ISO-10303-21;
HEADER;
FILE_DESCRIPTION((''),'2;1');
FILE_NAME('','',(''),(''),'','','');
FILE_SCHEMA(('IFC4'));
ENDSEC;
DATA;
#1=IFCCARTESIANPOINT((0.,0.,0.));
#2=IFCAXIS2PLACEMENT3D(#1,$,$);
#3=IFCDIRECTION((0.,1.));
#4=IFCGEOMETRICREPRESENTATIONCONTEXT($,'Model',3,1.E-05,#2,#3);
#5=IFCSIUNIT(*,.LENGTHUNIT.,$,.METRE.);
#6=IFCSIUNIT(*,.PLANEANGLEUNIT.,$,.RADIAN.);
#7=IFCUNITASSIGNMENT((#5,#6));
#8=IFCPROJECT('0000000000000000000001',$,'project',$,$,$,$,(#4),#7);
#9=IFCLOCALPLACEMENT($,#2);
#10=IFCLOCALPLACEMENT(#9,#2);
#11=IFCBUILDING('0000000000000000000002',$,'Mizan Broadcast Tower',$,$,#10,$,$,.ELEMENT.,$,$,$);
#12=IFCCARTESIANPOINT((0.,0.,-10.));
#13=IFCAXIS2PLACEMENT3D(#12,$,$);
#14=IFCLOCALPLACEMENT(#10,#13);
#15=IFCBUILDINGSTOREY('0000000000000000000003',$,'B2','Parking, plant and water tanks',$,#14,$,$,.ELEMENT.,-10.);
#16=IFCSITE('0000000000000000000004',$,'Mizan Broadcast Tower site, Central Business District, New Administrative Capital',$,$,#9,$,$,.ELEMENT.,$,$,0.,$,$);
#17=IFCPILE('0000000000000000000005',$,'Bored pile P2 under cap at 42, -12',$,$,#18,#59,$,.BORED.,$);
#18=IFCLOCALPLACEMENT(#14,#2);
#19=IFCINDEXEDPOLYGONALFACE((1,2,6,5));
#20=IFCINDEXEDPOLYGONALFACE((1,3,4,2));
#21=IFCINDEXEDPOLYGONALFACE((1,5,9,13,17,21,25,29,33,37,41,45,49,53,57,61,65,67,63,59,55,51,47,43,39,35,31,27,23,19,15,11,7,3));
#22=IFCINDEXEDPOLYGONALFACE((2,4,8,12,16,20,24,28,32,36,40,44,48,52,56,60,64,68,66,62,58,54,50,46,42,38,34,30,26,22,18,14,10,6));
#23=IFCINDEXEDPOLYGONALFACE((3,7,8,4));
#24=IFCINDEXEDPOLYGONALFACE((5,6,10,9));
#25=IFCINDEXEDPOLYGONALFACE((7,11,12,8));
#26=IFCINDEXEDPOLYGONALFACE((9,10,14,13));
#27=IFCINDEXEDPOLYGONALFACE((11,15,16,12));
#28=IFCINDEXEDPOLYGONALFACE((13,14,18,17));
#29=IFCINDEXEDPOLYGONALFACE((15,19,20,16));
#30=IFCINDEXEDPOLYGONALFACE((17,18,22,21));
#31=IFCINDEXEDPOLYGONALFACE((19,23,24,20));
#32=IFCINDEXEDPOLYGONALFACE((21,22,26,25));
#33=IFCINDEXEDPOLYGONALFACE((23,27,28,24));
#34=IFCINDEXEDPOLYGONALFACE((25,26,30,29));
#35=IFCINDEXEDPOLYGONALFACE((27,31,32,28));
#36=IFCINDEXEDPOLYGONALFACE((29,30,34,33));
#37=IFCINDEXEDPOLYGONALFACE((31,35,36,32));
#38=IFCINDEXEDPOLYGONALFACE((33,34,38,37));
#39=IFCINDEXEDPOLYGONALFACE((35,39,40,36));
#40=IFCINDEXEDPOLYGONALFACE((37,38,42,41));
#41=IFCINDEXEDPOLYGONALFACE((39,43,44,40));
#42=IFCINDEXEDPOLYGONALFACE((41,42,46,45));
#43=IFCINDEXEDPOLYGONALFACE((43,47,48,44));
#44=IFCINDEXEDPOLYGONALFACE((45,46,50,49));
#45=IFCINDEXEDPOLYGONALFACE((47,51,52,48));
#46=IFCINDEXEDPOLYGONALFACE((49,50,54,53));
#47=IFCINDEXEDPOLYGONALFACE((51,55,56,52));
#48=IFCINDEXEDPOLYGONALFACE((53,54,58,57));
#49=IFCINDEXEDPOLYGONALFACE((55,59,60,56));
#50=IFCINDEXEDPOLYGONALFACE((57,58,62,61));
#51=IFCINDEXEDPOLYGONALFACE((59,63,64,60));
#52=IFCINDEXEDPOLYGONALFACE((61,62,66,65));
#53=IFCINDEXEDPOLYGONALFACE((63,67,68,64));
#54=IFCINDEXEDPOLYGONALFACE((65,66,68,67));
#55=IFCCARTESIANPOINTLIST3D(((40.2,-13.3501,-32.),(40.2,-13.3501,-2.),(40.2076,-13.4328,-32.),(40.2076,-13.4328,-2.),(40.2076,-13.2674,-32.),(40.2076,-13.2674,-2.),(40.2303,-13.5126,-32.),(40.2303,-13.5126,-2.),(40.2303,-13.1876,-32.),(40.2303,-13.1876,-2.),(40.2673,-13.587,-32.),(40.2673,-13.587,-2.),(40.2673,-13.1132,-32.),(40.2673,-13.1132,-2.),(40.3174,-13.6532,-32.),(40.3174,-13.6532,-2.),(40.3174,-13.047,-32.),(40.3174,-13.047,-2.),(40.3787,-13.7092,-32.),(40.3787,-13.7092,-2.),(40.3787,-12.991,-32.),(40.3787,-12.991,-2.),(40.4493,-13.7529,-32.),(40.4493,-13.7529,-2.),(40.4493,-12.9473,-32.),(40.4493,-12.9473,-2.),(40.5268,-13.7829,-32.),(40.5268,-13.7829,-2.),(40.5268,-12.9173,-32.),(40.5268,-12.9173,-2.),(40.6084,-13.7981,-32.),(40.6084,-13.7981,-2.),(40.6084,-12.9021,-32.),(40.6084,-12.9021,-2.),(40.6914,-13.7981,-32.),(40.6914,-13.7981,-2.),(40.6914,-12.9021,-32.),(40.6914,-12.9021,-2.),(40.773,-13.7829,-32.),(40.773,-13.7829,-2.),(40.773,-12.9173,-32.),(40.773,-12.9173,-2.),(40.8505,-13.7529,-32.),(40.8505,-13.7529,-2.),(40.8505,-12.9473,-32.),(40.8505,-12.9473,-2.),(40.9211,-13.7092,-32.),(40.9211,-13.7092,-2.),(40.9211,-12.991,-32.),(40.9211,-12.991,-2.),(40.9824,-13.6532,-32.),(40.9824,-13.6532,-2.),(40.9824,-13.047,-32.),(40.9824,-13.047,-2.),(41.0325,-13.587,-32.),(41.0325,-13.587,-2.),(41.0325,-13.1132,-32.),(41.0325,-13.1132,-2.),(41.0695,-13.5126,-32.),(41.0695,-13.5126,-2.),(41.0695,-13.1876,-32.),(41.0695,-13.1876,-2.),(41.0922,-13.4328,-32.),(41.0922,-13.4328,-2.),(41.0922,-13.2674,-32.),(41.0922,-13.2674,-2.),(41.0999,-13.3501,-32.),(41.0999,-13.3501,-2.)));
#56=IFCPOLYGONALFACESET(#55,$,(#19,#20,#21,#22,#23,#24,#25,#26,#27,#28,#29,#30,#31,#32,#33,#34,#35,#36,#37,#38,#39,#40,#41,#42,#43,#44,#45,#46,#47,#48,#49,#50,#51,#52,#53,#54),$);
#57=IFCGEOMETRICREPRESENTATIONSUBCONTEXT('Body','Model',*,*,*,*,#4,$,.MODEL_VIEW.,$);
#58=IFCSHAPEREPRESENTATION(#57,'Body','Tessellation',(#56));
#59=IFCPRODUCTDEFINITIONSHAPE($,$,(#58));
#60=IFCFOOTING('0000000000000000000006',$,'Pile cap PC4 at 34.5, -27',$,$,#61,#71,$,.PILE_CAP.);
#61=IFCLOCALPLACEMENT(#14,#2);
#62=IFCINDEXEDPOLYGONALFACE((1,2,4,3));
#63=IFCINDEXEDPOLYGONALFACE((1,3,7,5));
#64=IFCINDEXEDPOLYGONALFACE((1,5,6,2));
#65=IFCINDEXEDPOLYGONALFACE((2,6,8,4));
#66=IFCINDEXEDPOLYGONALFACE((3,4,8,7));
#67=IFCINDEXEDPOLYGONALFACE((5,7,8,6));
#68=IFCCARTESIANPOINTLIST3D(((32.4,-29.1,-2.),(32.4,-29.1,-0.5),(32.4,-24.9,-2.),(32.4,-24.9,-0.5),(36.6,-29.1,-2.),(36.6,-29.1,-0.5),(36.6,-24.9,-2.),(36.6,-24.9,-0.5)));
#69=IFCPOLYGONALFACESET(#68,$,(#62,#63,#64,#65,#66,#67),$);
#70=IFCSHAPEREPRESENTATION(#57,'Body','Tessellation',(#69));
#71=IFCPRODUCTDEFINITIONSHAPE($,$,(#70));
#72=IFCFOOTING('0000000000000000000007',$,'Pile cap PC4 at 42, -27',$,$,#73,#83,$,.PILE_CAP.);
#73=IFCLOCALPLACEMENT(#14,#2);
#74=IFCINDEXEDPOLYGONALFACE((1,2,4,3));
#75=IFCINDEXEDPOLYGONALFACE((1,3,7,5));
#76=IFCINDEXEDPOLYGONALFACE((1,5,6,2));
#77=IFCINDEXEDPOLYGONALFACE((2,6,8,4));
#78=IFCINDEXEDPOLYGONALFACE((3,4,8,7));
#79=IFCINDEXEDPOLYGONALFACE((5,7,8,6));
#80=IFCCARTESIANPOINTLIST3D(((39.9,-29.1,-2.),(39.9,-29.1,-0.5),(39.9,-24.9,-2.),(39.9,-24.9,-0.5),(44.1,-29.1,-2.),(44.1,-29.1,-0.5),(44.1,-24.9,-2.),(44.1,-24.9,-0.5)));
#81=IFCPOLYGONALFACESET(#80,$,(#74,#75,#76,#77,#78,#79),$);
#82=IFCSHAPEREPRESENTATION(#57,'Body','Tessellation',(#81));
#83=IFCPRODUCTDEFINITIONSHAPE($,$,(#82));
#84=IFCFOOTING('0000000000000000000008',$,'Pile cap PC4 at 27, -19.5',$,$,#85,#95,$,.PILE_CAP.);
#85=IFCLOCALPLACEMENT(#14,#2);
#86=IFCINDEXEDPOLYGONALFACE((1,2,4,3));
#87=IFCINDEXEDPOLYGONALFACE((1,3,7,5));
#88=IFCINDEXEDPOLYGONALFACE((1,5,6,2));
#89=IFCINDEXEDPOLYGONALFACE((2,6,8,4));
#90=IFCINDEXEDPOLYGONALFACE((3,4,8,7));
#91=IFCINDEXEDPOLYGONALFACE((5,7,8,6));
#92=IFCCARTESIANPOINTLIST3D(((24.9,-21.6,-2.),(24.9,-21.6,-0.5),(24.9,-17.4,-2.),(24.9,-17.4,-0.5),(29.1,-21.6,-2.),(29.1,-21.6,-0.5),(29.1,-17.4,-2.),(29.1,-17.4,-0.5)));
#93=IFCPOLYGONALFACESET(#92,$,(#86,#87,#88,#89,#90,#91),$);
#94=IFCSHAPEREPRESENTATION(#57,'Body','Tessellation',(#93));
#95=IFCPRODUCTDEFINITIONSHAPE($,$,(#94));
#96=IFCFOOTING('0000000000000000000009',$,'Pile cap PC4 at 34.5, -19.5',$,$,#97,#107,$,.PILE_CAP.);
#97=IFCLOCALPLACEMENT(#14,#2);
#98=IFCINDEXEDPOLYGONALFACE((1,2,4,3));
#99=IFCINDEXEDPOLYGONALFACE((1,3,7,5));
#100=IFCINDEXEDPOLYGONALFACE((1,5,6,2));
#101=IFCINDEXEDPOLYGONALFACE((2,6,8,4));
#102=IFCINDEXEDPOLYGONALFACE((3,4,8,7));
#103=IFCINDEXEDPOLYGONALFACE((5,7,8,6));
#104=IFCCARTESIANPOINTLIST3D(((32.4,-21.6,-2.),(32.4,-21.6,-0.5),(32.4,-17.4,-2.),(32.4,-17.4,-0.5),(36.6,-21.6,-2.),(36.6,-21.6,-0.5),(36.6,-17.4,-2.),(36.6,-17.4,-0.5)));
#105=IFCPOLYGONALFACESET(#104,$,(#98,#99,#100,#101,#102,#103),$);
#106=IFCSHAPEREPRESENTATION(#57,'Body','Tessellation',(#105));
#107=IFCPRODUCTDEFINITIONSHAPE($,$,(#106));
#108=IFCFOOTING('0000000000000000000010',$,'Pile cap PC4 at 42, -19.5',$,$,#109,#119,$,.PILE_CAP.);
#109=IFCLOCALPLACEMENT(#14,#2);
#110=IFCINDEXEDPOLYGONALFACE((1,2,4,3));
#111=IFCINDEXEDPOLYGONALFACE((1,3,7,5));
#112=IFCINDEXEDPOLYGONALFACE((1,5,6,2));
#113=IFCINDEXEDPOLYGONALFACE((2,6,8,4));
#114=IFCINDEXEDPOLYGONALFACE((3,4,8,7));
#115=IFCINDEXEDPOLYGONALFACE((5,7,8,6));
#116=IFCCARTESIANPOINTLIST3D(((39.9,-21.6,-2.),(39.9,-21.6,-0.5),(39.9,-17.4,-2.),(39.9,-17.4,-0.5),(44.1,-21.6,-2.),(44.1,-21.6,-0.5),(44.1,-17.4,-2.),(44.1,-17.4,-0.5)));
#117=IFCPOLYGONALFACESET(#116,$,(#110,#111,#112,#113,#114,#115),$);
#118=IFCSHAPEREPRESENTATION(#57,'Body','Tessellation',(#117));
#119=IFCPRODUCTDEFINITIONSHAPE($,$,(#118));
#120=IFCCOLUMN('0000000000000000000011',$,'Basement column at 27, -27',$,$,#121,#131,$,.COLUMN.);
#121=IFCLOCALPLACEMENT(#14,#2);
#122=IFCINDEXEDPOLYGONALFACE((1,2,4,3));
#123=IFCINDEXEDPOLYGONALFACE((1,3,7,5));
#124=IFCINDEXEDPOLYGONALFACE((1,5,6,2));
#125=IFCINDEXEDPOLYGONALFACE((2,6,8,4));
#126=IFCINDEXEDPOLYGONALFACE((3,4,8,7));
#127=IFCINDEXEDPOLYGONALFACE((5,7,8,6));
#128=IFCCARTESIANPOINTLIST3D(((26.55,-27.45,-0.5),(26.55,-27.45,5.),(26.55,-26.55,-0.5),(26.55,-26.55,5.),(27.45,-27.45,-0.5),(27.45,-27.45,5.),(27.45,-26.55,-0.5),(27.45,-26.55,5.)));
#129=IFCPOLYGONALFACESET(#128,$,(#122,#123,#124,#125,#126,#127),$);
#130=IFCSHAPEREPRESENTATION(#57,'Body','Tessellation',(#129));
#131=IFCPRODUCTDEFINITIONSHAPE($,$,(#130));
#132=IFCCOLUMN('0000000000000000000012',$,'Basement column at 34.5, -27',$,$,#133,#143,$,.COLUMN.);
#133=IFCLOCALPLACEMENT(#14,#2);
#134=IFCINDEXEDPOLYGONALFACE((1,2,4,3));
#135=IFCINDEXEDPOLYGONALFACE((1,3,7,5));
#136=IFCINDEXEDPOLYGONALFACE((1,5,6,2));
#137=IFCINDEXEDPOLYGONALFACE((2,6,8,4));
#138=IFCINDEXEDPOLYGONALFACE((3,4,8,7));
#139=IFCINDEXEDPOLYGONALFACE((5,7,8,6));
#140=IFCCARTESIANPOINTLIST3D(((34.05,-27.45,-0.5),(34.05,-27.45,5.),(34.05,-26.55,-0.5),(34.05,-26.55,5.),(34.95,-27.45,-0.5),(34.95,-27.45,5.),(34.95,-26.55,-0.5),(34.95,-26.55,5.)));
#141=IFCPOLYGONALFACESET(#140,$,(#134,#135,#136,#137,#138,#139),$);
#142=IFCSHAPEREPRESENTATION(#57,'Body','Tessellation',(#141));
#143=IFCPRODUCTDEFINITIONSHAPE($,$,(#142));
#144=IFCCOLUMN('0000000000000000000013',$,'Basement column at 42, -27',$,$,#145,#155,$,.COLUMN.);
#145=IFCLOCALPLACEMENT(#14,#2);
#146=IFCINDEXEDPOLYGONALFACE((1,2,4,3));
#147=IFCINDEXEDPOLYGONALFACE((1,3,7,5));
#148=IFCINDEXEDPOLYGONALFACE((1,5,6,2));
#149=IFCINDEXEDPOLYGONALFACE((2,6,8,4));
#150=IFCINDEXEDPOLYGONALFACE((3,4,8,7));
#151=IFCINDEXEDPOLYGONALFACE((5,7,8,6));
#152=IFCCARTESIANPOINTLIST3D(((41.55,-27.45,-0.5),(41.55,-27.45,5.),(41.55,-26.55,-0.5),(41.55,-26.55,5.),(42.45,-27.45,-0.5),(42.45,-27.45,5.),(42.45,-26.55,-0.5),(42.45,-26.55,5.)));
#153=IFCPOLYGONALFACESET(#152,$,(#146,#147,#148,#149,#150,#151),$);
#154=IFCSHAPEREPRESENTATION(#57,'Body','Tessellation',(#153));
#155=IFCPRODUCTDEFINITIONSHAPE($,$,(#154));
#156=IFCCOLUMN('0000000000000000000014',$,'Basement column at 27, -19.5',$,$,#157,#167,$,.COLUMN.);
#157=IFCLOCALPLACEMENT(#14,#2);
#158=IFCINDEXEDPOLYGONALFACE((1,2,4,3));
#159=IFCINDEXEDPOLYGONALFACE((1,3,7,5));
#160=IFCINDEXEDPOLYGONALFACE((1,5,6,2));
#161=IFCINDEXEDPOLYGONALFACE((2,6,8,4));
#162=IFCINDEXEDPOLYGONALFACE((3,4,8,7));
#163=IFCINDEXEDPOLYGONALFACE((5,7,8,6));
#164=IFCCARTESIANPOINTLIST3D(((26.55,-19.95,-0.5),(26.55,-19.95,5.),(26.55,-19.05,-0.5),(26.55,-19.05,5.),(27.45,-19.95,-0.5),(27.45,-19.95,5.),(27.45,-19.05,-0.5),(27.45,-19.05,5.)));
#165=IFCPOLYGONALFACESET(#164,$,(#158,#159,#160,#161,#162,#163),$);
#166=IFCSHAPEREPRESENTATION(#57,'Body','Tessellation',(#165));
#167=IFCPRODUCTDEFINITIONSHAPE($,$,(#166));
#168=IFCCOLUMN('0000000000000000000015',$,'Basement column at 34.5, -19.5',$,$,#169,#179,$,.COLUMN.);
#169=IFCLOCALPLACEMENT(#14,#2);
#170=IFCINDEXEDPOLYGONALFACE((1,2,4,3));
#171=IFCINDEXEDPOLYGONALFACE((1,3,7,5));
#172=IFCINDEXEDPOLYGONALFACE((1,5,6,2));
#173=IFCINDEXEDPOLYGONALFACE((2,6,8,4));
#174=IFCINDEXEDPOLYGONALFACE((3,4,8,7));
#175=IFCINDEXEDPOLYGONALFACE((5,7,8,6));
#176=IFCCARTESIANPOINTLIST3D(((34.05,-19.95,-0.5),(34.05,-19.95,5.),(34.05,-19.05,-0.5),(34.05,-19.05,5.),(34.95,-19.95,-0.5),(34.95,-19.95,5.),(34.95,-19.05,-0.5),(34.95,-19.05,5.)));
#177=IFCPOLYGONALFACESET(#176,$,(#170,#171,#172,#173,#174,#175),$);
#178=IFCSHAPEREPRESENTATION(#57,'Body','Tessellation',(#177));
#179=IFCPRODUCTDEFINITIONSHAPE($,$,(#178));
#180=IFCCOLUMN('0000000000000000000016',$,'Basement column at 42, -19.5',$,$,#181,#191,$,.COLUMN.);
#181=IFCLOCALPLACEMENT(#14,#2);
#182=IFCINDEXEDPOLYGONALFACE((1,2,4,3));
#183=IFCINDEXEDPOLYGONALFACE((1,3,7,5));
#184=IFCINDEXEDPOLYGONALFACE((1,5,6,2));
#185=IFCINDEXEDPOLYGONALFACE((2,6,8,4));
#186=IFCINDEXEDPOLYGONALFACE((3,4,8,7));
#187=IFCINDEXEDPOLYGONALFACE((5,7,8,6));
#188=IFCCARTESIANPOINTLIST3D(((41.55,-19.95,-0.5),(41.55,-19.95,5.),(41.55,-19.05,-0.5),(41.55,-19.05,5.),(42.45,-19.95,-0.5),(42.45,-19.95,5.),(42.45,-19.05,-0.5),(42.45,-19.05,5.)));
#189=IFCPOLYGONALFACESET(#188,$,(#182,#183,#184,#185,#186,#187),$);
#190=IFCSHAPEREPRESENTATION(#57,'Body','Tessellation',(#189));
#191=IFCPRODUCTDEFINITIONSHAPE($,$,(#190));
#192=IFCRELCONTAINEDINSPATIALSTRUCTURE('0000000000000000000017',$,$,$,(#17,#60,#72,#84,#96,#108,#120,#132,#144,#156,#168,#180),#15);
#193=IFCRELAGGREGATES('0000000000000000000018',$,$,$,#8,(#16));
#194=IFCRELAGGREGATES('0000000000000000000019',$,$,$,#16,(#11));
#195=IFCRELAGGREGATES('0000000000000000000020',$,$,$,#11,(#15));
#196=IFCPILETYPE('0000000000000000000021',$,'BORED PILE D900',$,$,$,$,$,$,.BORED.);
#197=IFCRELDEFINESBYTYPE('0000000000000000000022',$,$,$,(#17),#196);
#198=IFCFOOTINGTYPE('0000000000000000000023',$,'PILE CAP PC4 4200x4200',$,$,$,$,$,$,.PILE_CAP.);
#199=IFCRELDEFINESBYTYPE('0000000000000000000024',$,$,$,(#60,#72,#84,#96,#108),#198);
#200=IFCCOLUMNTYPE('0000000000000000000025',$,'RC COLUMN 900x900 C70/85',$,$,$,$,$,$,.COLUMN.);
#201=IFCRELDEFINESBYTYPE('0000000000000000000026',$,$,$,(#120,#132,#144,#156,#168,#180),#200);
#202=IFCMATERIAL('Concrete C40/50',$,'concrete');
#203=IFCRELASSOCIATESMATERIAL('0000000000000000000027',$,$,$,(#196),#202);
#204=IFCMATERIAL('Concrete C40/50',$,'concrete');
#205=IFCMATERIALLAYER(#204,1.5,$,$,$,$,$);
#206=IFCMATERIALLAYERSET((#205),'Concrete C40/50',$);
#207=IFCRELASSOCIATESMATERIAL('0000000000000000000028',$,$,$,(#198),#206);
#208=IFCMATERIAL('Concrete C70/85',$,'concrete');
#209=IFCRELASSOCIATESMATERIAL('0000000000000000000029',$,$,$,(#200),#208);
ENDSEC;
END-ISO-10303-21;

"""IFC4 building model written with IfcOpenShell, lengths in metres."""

from ifc_helpers import new_model, si_unit, direction, frame, origin, origin_2d, place, context, subcontext, project, spatial, rectangle, circle, extrude, material, layer, layer_set, material_profile, profile_set, type_object, element, save


model = new_model("IFC4")

# Units and contexts
model_context = context("Model", 3, precision=1e-05, world=origin(), true_north=direction((0.0, 1.0)))
body_context = subcontext(model_context, "Body", "Model", "MODEL_VIEW")
ifc_project = project(units=[si_unit("LENGTHUNIT", "METRE"), si_unit("PLANEANGLEUNIT", "RADIAN")], contexts=[model_context])

# Site, building, storey
site_placement = place(None, origin())
site = spatial("IfcSite", under=ifc_project, at=site_placement, Name="Mizan Broadcast Tower site, Central Business District, New Administrative Capital", CompositionType="ELEMENT", RefElevation=0.0)
building_placement = place(site_placement, origin())
building = spatial("IfcBuilding", under=site, at=building_placement, Name="Mizan Broadcast Tower", CompositionType="ELEMENT")
storey_placement = place(building_placement, frame((0.0, 0.0, -10.0)))
storey = spatial("IfcBuildingStorey", under=building, at=storey_placement, Name="B2", Description="Parking, plant and water tanks", CompositionType="ELEMENT", Elevation=-10.0)

# Pile
ifc_material_1 = material(Name="Concrete C40/50", Category="concrete")
ifc_material_profile_1 = material_profile(ifc_material_1, circle(Radius=0.45, at=origin_2d()), Name="D900")
ifc_profile_set_1 = profile_set([ifc_material_profile_1], Name="Concrete C40/50")
pile_type = type_object("IfcPileType", Name="BORED PILE D900", PredefinedType="BORED", material=ifc_profile_set_1)
for number, where, z_axis, x_axis, name in (
    (1, (40.6499, -13.3501, -2.0), (0.0, 0.0, -1.0), (1.0, 0.0, 0.0), "Bored pile P2 under cap at 42, -12"),
):
    element("IfcPile", number, at=place(storey_placement, frame(where, z_axis=z_axis, x_axis=x_axis)), inside=storey, type_object=pile_type, Name=name, PredefinedType="BORED", context=body_context, shape_type="SweptSolid", body=[
        extrude(circle(Radius=0.45, at=origin_2d()), origin(), (0.0, 0.0, 1.0), 30.0),
    ])

# Footings
ifc_material_2 = material(Name="Concrete C40/50", Category="concrete")
ifc_layer = layer(ifc_material_2, 1.5)
ifc_layer_set = layer_set([ifc_layer], Name="Concrete C40/50")
footing_type = type_object("IfcFootingType", Name="PILE CAP PC4 4200x4200", PredefinedType="PILE_CAP", material=ifc_layer_set)
for number, where, z_axis, x_axis, name in (
    (2, (34.5, -27.0, -2.0), (0.0, 0.0, 1.0), (1.0, 0.0, 0.0), "Pile cap PC4 at 34.5, -27"),
    (3, (42.0, -27.0, -2.0), (0.0, 0.0, 1.0), (1.0, 0.0, 0.0), "Pile cap PC4 at 42, -27"),
    (4, (27.0, -19.5, -2.0), (0.0, 0.0, 1.0), (1.0, 0.0, 0.0), "Pile cap PC4 at 27, -19.5"),
    (5, (34.5, -19.5, -2.0), (0.0, 0.0, 1.0), (1.0, 0.0, 0.0), "Pile cap PC4 at 34.5, -19.5"),
    (6, (42.0, -19.5, -2.0), (0.0, 0.0, 1.0), (1.0, 0.0, 0.0), "Pile cap PC4 at 42, -19.5"),
):
    element("IfcFooting", number, at=place(storey_placement, frame(where, z_axis=z_axis, x_axis=x_axis)), inside=storey, type_object=footing_type, Name=name, PredefinedType="PILE_CAP", context=body_context, shape_type="SweptSolid", body=[
        extrude(rectangle(XDim=4.2, YDim=4.2, at=origin_2d()), origin(), (0.0, 0.0, 1.0), 1.5),
    ])

# Columns
ifc_material_3 = material(Name="Concrete C70/85", Category="concrete")
ifc_material_profile_2 = material_profile(ifc_material_3, rectangle(XDim=0.8999, YDim=0.8999, at=origin_2d()), Name="RC 900x900")
ifc_profile_set_2 = profile_set([ifc_material_profile_2], Name="Concrete C70/85")
column_type = type_object("IfcColumnType", Name="RC COLUMN 900x900 C70/85", PredefinedType="COLUMN", material=ifc_profile_set_2)
for number, where, z_axis, x_axis, name in (
    (7, (27.0, -27.0, -0.5), (0.0, 0.0, 1.0), (1.0, 0.0, 0.0), "Basement column at 27, -27"),
    (8, (34.5, -27.0, -0.5), (0.0, 0.0, 1.0), (1.0, 0.0, 0.0), "Basement column at 34.5, -27"),
    (9, (42.0, -27.0, -0.5), (0.0, 0.0, 1.0), (1.0, 0.0, 0.0), "Basement column at 42, -27"),
    (10, (27.0, -19.5, -0.5), (0.0, 0.0, 1.0), (1.0, 0.0, 0.0), "Basement column at 27, -19.5"),
    (11, (34.5, -19.5, -0.5), (0.0, 0.0, 1.0), (1.0, 0.0, 0.0), "Basement column at 34.5, -19.5"),
    (12, (42.0, -19.5, -0.5), (0.0, 0.0, 1.0), (1.0, 0.0, 0.0), "Basement column at 42, -19.5"),
):
    element("IfcColumn", number, at=place(storey_placement, frame(where, z_axis=z_axis, x_axis=x_axis)), inside=storey, type_object=column_type, Name=name, PredefinedType="COLUMN", context=body_context, shape_type="SweptSolid", body=[
        extrude(rectangle(XDim=0.8999, YDim=0.8999, at=origin_2d()), origin(), (0.0, 0.0, 1.0), 5.5),
    ])

save(model, "model.ifc")
